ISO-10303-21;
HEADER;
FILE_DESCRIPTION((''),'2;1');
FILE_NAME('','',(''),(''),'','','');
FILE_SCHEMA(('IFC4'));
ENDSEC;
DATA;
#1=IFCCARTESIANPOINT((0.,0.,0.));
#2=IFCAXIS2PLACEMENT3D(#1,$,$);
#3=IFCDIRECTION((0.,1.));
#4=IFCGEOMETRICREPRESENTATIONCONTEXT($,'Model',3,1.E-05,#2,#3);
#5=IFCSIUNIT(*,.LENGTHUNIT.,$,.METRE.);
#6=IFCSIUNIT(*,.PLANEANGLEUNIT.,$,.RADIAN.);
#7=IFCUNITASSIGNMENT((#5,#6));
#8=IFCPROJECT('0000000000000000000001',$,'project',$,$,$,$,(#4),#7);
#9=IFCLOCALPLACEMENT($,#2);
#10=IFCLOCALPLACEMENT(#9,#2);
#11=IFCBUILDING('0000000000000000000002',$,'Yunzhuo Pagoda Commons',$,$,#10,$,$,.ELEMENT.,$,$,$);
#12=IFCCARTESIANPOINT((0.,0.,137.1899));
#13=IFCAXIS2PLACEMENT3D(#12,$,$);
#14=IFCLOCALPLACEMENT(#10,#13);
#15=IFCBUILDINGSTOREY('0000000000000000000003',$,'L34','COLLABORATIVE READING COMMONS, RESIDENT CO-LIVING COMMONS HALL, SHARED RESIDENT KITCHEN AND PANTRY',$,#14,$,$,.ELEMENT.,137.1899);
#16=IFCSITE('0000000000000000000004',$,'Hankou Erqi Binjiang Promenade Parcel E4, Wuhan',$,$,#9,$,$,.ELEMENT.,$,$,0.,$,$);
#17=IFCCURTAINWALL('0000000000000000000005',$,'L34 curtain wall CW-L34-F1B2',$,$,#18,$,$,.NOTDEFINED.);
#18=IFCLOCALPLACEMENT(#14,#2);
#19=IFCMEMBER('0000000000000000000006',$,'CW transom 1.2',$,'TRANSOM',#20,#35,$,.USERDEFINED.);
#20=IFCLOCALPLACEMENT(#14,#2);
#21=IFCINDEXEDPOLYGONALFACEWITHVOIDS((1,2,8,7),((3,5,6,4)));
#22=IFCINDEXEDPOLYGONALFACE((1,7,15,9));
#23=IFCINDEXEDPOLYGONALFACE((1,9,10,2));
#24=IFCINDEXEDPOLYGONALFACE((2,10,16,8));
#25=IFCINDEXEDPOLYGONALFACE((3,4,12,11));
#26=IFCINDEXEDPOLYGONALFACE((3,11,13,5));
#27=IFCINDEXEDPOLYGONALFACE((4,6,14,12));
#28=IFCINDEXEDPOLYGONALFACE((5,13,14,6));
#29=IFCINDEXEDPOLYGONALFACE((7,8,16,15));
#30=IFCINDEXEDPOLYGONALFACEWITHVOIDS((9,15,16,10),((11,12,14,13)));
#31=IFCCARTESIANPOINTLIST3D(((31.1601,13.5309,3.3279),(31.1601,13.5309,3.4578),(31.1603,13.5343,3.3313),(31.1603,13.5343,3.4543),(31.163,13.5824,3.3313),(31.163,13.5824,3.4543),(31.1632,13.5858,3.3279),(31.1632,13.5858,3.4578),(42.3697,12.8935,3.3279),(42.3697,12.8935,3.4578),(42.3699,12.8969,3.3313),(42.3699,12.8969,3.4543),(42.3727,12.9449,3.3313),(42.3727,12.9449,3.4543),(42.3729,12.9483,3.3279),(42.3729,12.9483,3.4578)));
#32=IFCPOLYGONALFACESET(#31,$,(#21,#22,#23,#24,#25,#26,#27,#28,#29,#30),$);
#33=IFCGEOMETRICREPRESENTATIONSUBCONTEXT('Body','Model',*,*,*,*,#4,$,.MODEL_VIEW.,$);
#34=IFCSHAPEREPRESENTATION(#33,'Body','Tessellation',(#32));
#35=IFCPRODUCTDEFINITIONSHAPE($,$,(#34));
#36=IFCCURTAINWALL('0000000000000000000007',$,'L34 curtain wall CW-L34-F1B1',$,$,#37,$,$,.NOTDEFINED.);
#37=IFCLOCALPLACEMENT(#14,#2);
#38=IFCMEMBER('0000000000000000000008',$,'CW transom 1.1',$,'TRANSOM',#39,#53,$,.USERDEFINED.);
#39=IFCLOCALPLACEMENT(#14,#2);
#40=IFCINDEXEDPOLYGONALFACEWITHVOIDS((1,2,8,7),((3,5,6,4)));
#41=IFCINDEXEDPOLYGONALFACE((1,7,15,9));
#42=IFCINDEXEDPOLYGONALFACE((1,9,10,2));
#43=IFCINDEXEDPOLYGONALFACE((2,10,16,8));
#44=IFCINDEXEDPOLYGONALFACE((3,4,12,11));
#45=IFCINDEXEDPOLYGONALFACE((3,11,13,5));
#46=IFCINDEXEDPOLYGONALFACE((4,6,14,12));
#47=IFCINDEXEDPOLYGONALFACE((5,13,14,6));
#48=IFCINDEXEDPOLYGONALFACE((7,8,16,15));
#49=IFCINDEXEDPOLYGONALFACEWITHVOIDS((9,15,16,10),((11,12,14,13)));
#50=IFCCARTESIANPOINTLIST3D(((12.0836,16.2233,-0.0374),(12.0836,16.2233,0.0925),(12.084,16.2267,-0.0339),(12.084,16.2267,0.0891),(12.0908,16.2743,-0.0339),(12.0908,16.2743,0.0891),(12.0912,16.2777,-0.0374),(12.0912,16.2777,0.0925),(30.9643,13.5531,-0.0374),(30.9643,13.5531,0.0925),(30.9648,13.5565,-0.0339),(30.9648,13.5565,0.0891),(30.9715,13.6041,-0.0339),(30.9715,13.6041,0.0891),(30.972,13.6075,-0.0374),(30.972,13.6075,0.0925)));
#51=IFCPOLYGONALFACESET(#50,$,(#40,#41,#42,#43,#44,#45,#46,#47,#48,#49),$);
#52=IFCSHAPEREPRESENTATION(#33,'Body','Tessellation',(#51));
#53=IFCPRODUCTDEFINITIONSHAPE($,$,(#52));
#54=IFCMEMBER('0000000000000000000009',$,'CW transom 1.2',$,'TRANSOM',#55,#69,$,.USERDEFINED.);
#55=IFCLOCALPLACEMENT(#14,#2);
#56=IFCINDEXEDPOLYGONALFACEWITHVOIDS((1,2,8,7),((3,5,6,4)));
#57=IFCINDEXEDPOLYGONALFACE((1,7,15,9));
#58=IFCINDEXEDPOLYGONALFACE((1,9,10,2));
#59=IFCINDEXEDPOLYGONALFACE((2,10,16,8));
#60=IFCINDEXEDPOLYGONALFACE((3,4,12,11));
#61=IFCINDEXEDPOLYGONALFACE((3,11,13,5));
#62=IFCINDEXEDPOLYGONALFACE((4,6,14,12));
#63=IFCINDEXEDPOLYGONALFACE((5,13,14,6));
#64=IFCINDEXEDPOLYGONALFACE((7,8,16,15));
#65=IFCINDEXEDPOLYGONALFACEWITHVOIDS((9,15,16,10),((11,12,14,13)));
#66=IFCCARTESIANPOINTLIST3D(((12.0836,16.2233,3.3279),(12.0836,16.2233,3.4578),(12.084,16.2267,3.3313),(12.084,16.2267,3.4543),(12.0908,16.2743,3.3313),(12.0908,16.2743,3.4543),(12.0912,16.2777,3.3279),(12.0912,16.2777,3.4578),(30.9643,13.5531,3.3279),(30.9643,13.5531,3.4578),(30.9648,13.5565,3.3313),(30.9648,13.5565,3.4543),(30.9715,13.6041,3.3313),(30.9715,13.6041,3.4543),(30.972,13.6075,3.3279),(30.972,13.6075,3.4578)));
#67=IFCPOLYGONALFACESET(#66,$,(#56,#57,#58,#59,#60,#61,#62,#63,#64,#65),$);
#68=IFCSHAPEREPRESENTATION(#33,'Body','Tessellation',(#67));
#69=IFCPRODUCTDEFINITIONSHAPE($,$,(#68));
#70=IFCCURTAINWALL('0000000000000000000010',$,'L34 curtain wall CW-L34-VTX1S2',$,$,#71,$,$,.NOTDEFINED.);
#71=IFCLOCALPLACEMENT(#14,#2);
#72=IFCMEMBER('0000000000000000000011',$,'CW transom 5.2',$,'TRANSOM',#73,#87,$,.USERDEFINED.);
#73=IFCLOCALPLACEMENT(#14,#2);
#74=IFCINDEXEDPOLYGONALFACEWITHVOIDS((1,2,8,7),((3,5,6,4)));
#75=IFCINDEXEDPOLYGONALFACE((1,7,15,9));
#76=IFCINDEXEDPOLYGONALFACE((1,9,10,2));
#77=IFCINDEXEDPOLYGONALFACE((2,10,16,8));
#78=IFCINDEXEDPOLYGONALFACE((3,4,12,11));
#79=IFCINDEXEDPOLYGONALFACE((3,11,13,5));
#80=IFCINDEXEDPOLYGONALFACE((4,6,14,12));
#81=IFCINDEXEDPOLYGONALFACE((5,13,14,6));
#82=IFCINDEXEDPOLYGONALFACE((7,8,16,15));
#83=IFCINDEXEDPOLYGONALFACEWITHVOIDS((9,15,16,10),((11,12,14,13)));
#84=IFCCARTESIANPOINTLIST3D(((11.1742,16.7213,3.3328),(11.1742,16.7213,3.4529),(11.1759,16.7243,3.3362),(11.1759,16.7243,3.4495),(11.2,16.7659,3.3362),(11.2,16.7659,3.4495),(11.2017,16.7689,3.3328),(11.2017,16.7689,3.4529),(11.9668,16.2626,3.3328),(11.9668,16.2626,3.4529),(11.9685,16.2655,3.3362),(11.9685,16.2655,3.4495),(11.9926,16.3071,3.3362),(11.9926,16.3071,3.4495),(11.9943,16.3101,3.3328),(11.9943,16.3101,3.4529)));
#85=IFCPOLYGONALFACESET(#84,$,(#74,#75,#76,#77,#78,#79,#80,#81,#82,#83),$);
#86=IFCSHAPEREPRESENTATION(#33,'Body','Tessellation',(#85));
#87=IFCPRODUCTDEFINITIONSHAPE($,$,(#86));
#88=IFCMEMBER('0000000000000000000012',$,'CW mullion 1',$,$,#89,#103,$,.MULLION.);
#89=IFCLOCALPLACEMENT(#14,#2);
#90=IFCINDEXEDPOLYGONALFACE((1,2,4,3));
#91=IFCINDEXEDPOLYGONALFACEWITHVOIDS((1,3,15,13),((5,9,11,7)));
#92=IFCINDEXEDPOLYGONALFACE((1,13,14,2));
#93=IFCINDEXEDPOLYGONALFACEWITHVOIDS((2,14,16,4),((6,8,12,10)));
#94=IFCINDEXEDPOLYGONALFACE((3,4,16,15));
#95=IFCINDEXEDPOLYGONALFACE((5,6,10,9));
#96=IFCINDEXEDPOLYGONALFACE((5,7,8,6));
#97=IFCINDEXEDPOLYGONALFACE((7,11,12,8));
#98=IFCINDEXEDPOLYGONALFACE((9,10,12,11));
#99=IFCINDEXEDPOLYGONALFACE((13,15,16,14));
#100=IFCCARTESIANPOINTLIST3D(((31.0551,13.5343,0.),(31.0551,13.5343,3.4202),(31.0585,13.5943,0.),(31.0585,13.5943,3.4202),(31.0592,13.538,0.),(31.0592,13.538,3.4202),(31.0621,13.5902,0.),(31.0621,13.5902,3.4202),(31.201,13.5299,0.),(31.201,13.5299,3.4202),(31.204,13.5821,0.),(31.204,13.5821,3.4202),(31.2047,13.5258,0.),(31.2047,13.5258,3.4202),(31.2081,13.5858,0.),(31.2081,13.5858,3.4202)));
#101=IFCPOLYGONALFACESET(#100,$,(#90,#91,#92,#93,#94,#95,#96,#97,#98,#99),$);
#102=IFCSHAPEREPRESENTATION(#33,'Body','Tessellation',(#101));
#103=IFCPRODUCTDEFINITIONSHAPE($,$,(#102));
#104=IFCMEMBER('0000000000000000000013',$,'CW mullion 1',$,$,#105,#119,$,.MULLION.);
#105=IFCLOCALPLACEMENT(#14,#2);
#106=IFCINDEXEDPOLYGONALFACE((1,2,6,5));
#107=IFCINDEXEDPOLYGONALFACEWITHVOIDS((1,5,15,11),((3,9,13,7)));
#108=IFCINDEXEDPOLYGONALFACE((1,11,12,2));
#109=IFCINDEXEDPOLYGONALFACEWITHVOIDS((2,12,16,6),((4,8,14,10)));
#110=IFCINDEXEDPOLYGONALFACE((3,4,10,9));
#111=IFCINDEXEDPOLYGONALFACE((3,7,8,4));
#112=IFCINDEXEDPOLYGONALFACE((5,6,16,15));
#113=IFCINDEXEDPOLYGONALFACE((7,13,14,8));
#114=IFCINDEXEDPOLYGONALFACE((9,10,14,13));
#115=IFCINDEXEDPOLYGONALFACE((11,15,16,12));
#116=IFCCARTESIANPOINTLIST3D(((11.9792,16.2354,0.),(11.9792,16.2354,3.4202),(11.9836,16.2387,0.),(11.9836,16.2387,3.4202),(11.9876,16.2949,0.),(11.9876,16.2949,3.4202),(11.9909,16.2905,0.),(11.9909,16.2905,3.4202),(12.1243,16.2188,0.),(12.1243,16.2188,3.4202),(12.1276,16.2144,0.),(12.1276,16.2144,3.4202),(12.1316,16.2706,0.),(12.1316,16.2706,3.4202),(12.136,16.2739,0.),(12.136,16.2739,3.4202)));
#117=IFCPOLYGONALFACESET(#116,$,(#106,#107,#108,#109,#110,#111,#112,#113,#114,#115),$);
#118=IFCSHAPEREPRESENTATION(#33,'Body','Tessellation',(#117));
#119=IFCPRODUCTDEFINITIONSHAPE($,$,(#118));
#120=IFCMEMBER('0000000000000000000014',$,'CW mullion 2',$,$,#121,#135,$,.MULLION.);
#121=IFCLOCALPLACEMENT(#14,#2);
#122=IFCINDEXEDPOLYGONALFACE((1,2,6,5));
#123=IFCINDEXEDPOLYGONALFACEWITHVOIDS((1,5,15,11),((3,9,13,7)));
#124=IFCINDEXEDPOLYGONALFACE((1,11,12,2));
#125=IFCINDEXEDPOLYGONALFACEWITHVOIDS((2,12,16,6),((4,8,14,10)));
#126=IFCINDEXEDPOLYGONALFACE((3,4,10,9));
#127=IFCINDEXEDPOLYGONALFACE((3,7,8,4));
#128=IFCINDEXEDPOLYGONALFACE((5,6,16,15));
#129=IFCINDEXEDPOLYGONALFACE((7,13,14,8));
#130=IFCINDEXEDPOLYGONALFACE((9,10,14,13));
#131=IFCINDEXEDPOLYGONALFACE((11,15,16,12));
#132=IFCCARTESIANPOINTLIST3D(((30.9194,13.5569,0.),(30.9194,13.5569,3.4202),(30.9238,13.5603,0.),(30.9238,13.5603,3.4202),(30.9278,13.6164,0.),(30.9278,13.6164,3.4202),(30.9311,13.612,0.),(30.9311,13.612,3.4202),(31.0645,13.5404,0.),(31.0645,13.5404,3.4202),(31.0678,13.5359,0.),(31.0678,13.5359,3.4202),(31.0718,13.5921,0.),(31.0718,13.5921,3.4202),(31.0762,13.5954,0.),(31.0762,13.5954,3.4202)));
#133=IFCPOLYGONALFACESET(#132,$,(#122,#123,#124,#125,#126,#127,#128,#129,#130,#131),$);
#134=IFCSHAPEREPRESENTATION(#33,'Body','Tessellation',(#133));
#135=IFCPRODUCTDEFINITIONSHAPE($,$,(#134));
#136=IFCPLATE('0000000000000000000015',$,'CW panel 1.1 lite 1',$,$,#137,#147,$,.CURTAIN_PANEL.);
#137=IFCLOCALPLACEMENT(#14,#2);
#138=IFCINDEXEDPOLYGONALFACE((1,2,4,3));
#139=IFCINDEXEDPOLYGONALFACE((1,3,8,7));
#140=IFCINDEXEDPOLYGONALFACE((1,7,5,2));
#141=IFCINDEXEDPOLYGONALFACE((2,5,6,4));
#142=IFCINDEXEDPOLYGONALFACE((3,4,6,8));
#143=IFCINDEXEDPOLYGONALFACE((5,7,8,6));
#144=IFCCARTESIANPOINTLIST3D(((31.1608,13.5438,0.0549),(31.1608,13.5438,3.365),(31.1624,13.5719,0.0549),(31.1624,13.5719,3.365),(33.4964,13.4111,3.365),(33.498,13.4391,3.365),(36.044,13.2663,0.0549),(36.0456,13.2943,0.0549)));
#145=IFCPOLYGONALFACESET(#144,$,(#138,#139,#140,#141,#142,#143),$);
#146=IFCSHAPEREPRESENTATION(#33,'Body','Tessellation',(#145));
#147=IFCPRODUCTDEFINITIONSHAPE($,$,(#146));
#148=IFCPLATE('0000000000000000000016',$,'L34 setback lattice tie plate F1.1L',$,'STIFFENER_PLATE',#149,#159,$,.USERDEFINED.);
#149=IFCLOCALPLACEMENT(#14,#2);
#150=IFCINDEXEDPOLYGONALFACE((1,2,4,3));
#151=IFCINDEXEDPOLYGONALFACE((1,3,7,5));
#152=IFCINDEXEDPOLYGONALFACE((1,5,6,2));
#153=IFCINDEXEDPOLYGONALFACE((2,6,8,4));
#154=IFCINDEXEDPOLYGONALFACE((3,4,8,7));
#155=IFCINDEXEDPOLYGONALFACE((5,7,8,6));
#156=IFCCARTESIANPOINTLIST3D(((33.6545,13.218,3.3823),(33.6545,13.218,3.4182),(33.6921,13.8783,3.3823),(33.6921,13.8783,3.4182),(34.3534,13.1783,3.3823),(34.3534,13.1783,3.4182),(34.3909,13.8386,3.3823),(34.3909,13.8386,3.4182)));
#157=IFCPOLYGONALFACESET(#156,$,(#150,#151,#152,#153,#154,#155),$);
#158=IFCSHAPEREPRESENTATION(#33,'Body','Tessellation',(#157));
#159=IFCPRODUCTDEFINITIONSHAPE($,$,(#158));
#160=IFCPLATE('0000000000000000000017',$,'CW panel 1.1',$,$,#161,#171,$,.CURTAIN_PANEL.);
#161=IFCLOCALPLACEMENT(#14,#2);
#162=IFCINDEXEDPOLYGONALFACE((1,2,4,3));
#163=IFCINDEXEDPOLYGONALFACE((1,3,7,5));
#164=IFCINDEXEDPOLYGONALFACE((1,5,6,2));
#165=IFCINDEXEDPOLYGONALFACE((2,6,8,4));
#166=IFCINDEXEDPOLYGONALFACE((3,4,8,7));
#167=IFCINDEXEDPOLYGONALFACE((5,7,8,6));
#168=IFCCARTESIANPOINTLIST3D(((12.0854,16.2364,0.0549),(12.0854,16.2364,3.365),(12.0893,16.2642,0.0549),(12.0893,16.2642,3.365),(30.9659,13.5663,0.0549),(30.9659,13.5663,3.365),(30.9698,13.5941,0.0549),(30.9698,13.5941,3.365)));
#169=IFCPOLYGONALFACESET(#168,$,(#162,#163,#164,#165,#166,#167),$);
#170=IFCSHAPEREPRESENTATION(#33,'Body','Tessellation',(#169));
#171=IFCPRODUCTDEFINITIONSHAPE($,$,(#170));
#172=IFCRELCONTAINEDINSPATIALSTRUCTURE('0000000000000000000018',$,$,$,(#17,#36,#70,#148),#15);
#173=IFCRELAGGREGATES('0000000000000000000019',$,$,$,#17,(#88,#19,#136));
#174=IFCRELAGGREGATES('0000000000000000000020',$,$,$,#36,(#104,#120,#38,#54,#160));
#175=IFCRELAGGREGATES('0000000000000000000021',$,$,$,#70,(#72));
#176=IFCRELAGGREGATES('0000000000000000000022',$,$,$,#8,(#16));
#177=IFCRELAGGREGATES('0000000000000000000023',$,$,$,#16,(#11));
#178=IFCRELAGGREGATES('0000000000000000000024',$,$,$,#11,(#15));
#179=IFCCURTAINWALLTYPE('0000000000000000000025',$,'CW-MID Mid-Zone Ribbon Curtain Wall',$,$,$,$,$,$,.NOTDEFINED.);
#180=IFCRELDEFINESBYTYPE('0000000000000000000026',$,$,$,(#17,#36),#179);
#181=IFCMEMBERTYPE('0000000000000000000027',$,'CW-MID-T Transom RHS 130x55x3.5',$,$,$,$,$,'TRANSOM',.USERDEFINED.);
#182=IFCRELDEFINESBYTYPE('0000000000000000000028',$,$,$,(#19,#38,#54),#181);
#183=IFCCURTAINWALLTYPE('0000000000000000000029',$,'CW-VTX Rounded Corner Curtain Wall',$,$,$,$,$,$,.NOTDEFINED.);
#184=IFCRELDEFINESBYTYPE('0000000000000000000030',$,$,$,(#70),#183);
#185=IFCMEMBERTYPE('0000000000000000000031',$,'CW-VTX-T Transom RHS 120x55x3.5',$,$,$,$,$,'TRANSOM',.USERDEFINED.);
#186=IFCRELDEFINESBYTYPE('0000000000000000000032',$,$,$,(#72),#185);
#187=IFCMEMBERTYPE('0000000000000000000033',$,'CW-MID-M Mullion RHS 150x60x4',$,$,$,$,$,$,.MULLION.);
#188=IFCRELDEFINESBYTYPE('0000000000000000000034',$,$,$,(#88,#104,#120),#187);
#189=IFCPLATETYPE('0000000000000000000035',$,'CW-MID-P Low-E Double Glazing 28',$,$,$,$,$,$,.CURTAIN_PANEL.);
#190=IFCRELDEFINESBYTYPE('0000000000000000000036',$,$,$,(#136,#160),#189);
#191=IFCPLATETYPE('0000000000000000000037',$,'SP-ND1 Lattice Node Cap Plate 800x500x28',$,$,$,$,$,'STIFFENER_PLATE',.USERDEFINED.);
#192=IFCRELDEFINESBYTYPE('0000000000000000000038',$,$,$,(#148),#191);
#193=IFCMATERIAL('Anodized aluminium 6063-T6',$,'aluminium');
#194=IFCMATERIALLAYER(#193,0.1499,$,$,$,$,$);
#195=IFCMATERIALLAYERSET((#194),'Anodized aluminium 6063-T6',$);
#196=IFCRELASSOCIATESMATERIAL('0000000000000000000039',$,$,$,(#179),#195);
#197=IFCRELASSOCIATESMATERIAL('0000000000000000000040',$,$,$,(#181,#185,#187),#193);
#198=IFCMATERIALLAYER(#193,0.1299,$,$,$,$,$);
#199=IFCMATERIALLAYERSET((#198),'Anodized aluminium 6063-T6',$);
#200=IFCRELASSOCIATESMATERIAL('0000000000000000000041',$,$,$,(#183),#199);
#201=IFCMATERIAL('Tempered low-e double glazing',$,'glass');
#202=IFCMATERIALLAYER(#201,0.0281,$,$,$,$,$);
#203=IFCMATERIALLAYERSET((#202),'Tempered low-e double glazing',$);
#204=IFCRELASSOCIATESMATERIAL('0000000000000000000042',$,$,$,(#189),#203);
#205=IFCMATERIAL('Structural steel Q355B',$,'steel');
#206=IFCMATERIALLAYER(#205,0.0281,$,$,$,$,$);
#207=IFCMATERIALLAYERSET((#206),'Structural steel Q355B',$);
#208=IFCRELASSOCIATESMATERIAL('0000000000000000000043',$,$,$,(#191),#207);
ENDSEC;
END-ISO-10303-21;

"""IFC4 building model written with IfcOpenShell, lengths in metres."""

from ifc_helpers import new_model, si_unit, direction, frame, origin, origin_2d, place, context, subcontext, project, spatial, polyline, rectangle, hollow_rectangle, outline, extrude, source, transform, mapped, material, layer, layer_set, material_profile, profile_set, type_object, element, aggregate, save


model = new_model("IFC4")

# Units and contexts
model_context = context("Model", 3, precision=1e-05, world=origin(), true_north=direction((0.0, 1.0)))
body_context = subcontext(model_context, "Body", "Model", "MODEL_VIEW")
ifc_project = project(units=[si_unit("LENGTHUNIT", "METRE"), si_unit("PLANEANGLEUNIT", "RADIAN")], contexts=[model_context])

# Site, building, storey
site_placement = place(None, origin())
site = spatial("IfcSite", under=ifc_project, at=site_placement, Name="Hankou Erqi Binjiang Promenade Parcel E4, Wuhan", CompositionType="ELEMENT", RefElevation=0.0)
building_placement = place(site_placement, origin())
building = spatial("IfcBuilding", under=site, at=building_placement, Name="Yunzhuo Pagoda Commons", CompositionType="ELEMENT")
storey_placement = place(building_placement, frame((0.0, 0.0, 137.1899)))
storey = spatial("IfcBuildingStorey", under=building, at=storey_placement, Name="L34", Description="COLLABORATIVE READING COMMONS, RESIDENT CO-LIVING COMMONS HALL, SHARED RESIDENT KITCHEN AND PANTRY", CompositionType="ELEMENT", Elevation=137.1899)

# Shared definitions
ifc_material_1 = material(Name="Structural steel Q355B", Category="steel")

# Curtain walls, members
ifc_material_2 = material(Name="Anodized aluminium 6063-T6", Category="aluminium")
ifc_layer_1 = layer(ifc_material_2, 0.1499)
ifc_layer_set_1 = layer_set([ifc_layer_1], Name="Anodized aluminium 6063-T6")
curtain_wall_type_1 = type_object("IfcCurtainWallType", Name="CW-MID Mid-Zone Ribbon Curtain Wall", PredefinedType="NOTDEFINED", material=ifc_layer_set_1)
curtain_wall_1_placement = place(storey_placement, origin())
curtain_wall_1 = element("IfcCurtainWall", 1, at=curtain_wall_1_placement, inside=storey, type_object=curtain_wall_type_1, Name="L34 curtain wall CW-L34-F1B2", PredefinedType="NOTDEFINED")
ifc_material_profile_1 = material_profile(ifc_material_2, hollow_rectangle(XDim=0.0549, YDim=0.1299, WallThickness=0.0034, at=origin_2d()), Name="Anodized aluminium 6063-T6")
ifc_profile_set_1 = profile_set([ifc_material_profile_1], Name="Anodized aluminium 6063-T6")
member_type_1 = type_object("IfcMemberType", Name="CW-MID-T Transom RHS 130x55x3.5", ElementType="TRANSOM", PredefinedType="USERDEFINED", material=ifc_profile_set_1)
shared_shape_1 = source(origin(), body_context, "Body", "SweptSolid", [
    extrude(hollow_rectangle(XDim=0.0549, YDim=0.1299, WallThickness=0.0034, at=origin_2d()), origin(), (0.0, 0.0, 1.0), 11.2278),
])
member_1_placement = place(storey_placement, frame((31.1616, 13.5583, 3.3928), z_axis=(0.998387, -0.056774, 0.0), x_axis=(0.056774, 0.998387, 0.0)))
member_1 = element("IfcMember", 2, at=member_1_placement, type_object=member_type_1, Name="CW transom 1.2", ObjectType="TRANSOM", PredefinedType="USERDEFINED", context=body_context, shape_type="MappedRepresentation", body=[
    mapped(shared_shape_1, transform((0.0, 0.0, 0.0), scale=1.0)),
])
curtain_wall_2_placement = place(storey_placement, origin())
curtain_wall_2 = element("IfcCurtainWall", 3, at=curtain_wall_2_placement, inside=storey, type_object=curtain_wall_type_1, Name="L34 curtain wall CW-L34-F1B1", PredefinedType="NOTDEFINED")
shared_shape_2 = source(origin(), body_context, "Body", "SweptSolid", [
    extrude(hollow_rectangle(XDim=0.0549, YDim=0.1299, WallThickness=0.0034, at=origin_2d()), origin(), (0.0, 0.0, 1.0), 19.0686),
])
member_2_placement = place(storey_placement, frame((12.0874, 16.2505, 0.0276), z_axis=(0.990147, -0.14003, 0.0), x_axis=(0.14003, 0.990147, 0.0)))
member_2 = element("IfcMember", 4, at=member_2_placement, type_object=member_type_1, Name="CW transom 1.1", ObjectType="TRANSOM", PredefinedType="USERDEFINED", context=body_context, shape_type="MappedRepresentation", body=[
    mapped(shared_shape_2, transform((0.0, 0.0, 0.0), scale=1.0)),
])
member_3_placement = place(storey_placement, frame((12.0874, 16.2505, 3.3928), z_axis=(0.990147, -0.14003, 0.0), x_axis=(0.14003, 0.990147, 0.0)))
member_3 = element("IfcMember", 5, at=member_3_placement, type_object=member_type_1, Name="CW transom 1.2", ObjectType="TRANSOM", PredefinedType="USERDEFINED", context=body_context, shape_type="MappedRepresentation", body=[
    mapped(shared_shape_2, transform((0.0, 0.0, 0.0), scale=1.0)),
])

# Curtain wall, member
ifc_layer_2 = layer(ifc_material_2, 0.1299)
ifc_layer_set_2 = layer_set([ifc_layer_2], Name="Anodized aluminium 6063-T6")
curtain_wall_type_2 = type_object("IfcCurtainWallType", Name="CW-VTX Rounded Corner Curtain Wall", PredefinedType="NOTDEFINED", material=ifc_layer_set_2)
curtain_wall_3_placement = place(storey_placement, origin())
curtain_wall_3 = element("IfcCurtainWall", 6, at=curtain_wall_3_placement, inside=storey, type_object=curtain_wall_type_2, Name="L34 curtain wall CW-L34-VTX1S2", PredefinedType="NOTDEFINED")
ifc_material_profile_2 = material_profile(ifc_material_2, hollow_rectangle(XDim=0.0549, YDim=0.1201, WallThickness=0.0034, at=origin_2d()), Name="Anodized aluminium 6063-T6")
ifc_profile_set_2 = profile_set([ifc_material_profile_2], Name="Anodized aluminium 6063-T6")
member_type_2 = type_object("IfcMemberType", Name="CW-VTX-T Transom RHS 120x55x3.5", ElementType="TRANSOM", PredefinedType="USERDEFINED", material=ifc_profile_set_2)
shared_shape_3 = source(origin(), body_context, "Body", "SweptSolid", [
    extrude(hollow_rectangle(XDim=0.0549, YDim=0.1201, WallThickness=0.0034, at=origin_2d()), origin(), (0.0, 0.0, 1.0), 0.9158),
])
member_4_placement = place(storey_placement, frame((11.188, 16.7451, 3.3928), z_axis=(0.865457, -0.500984, 0.0), x_axis=(0.500984, 0.865457, 0.0)))
member_4 = element("IfcMember", 7, at=member_4_placement, type_object=member_type_2, Name="CW transom 5.2", ObjectType="TRANSOM", PredefinedType="USERDEFINED", context=body_context, shape_type="MappedRepresentation", body=[
    mapped(shared_shape_3, transform((0.0, 0.0, 0.0), scale=1.0)),
])

# Members
ifc_material_profile_3 = material_profile(ifc_material_2, hollow_rectangle(XDim=0.0601, YDim=0.1499, WallThickness=0.0039, at=origin_2d()), Name="Anodized aluminium 6063-T6")
ifc_profile_set_3 = profile_set([ifc_material_profile_3], Name="Anodized aluminium 6063-T6")
member_type_3 = type_object("IfcMemberType", Name="CW-MID-M Mullion RHS 150x60x4", PredefinedType="MULLION", material=ifc_profile_set_3)
shared_shape_4 = source(origin(), body_context, "Body", "SweptSolid", [
    extrude(hollow_rectangle(XDim=0.0601, YDim=0.1499, WallThickness=0.0039, at=origin_2d()), origin(), (0.0, 0.0, 1.0), 3.4202),
])
member_5_placement = place(storey_placement, frame((31.1316, 13.5601, 0.0), z_axis=(0.0, 0.0, 1.0), x_axis=(0.056742, 0.998389, 0.0)))
member_5 = element("IfcMember", 8, at=member_5_placement, type_object=member_type_3, Name="CW mullion 1", PredefinedType="MULLION", context=body_context, shape_type="MappedRepresentation", body=[
    mapped(shared_shape_4, transform((0.0, 0.0, 0.0), scale=1.0)),
])
member_6_placement = place(storey_placement, frame((12.0576, 16.2546, 0.0), z_axis=(0.0, 0.0, 1.0), x_axis=(0.140027, 0.990148, 0.0)))
member_6 = element("IfcMember", 9, at=member_6_placement, type_object=member_type_3, Name="CW mullion 1", PredefinedType="MULLION", context=body_context, shape_type="MappedRepresentation", body=[
    mapped(shared_shape_4, transform((0.0, 0.0, 0.0), scale=1.0)),
])
member_7_placement = place(storey_placement, frame((30.9978, 13.5762, 0.0), z_axis=(0.0, 0.0, 1.0), x_axis=(0.140027, 0.990148, 0.0)))
member_7 = element("IfcMember", 10, at=member_7_placement, type_object=member_type_3, Name="CW mullion 2", PredefinedType="MULLION", context=body_context, shape_type="MappedRepresentation", body=[
    mapped(shared_shape_4, transform((0.0, 0.0, 0.0), scale=1.0)),
])

# Plates
ifc_material_3 = material(Name="Tempered low-e double glazing", Category="glass")
ifc_layer_3 = layer(ifc_material_3, 0.0281)
ifc_layer_set_3 = layer_set([ifc_layer_3], Name="Tempered low-e double glazing")
plate_type_1 = type_object("IfcPlateType", Name="CW-MID-P Low-E Double Glazing 28", PredefinedType="CURTAIN_PANEL", material=ifc_layer_set_3)
plate_1_placement = place(storey_placement, frame((33.604, 13.4331, 1.71), z_axis=(-0.056742, -0.998389, 0.0), x_axis=(0.998389, -0.056742, 0.0)))
plate_1 = element("IfcPlate", 11, at=plate_1_placement, type_object=plate_type_1, Name="CW panel 1.1 lite 1", PredefinedType="CURTAIN_PANEL", context=body_context, shape_type="SweptSolid", body=[
    extrude(outline(polyline([(-2.4456, -1.655), (2.4456, -1.655), (-0.1062, 1.655), (-2.4456, 1.655), (-2.4456, -1.655)])), origin(), (0.0, 0.0, 1.0), 0.0281),
])
aggregate(curtain_wall_1, [member_5, member_1, plate_1])
ifc_layer_4 = layer(ifc_material_1, 0.0281)
ifc_layer_set_4 = layer_set([ifc_layer_4], Name="Structural steel Q355B")
plate_type_2 = type_object("IfcPlateType", Name="SP-ND1 Lattice Node Cap Plate 800x500x28", ElementType="STIFFENER_PLATE", PredefinedType="USERDEFINED", material=ifc_layer_set_4)
shared_shape_5 = source(origin(), body_context, "Body", "SweptSolid", [
    extrude(rectangle(XDim=0.7, YDim=0.6614, at=origin_2d()), origin(), (0.0, 0.0, 1.0), 0.0359),
])
plate_2_placement = place(storey_placement, frame((34.0227, 13.5283, 3.3823), z_axis=(0.0, 0.0, 1.0), x_axis=(0.998389, -0.056745, 0.0)))
element("IfcPlate", 12, at=plate_2_placement, inside=storey, type_object=plate_type_2, Name="L34 setback lattice tie plate F1.1L", ObjectType="STIFFENER_PLATE", PredefinedType="USERDEFINED", context=body_context, shape_type="MappedRepresentation", body=[
    mapped(shared_shape_5, transform((0.0, 0.0, 0.0), scale=1.0)),
])
shared_shape_6 = source(origin(), body_context, "Body", "SweptSolid", [
    extrude(rectangle(XDim=19.0684, YDim=0.0281, at=origin_2d()), origin(), (0.0, 0.0, 1.0), 3.3101),
])
plate_3_placement = place(storey_placement, frame((21.5276, 14.9153, 0.0549), z_axis=(0.0, 0.0, 1.0), x_axis=(0.990148, -0.140027, 0.0)))
plate_3 = element("IfcPlate", 13, at=plate_3_placement, type_object=plate_type_1, Name="CW panel 1.1", PredefinedType="CURTAIN_PANEL", context=body_context, shape_type="MappedRepresentation", body=[
    mapped(shared_shape_6, transform((0.0, 0.0, 0.0), scale=1.0)),
])
aggregate(curtain_wall_2, [member_6, member_7, member_2, member_3, plate_3])
aggregate(curtain_wall_3, [member_4])

save(model, "model.ifc")
